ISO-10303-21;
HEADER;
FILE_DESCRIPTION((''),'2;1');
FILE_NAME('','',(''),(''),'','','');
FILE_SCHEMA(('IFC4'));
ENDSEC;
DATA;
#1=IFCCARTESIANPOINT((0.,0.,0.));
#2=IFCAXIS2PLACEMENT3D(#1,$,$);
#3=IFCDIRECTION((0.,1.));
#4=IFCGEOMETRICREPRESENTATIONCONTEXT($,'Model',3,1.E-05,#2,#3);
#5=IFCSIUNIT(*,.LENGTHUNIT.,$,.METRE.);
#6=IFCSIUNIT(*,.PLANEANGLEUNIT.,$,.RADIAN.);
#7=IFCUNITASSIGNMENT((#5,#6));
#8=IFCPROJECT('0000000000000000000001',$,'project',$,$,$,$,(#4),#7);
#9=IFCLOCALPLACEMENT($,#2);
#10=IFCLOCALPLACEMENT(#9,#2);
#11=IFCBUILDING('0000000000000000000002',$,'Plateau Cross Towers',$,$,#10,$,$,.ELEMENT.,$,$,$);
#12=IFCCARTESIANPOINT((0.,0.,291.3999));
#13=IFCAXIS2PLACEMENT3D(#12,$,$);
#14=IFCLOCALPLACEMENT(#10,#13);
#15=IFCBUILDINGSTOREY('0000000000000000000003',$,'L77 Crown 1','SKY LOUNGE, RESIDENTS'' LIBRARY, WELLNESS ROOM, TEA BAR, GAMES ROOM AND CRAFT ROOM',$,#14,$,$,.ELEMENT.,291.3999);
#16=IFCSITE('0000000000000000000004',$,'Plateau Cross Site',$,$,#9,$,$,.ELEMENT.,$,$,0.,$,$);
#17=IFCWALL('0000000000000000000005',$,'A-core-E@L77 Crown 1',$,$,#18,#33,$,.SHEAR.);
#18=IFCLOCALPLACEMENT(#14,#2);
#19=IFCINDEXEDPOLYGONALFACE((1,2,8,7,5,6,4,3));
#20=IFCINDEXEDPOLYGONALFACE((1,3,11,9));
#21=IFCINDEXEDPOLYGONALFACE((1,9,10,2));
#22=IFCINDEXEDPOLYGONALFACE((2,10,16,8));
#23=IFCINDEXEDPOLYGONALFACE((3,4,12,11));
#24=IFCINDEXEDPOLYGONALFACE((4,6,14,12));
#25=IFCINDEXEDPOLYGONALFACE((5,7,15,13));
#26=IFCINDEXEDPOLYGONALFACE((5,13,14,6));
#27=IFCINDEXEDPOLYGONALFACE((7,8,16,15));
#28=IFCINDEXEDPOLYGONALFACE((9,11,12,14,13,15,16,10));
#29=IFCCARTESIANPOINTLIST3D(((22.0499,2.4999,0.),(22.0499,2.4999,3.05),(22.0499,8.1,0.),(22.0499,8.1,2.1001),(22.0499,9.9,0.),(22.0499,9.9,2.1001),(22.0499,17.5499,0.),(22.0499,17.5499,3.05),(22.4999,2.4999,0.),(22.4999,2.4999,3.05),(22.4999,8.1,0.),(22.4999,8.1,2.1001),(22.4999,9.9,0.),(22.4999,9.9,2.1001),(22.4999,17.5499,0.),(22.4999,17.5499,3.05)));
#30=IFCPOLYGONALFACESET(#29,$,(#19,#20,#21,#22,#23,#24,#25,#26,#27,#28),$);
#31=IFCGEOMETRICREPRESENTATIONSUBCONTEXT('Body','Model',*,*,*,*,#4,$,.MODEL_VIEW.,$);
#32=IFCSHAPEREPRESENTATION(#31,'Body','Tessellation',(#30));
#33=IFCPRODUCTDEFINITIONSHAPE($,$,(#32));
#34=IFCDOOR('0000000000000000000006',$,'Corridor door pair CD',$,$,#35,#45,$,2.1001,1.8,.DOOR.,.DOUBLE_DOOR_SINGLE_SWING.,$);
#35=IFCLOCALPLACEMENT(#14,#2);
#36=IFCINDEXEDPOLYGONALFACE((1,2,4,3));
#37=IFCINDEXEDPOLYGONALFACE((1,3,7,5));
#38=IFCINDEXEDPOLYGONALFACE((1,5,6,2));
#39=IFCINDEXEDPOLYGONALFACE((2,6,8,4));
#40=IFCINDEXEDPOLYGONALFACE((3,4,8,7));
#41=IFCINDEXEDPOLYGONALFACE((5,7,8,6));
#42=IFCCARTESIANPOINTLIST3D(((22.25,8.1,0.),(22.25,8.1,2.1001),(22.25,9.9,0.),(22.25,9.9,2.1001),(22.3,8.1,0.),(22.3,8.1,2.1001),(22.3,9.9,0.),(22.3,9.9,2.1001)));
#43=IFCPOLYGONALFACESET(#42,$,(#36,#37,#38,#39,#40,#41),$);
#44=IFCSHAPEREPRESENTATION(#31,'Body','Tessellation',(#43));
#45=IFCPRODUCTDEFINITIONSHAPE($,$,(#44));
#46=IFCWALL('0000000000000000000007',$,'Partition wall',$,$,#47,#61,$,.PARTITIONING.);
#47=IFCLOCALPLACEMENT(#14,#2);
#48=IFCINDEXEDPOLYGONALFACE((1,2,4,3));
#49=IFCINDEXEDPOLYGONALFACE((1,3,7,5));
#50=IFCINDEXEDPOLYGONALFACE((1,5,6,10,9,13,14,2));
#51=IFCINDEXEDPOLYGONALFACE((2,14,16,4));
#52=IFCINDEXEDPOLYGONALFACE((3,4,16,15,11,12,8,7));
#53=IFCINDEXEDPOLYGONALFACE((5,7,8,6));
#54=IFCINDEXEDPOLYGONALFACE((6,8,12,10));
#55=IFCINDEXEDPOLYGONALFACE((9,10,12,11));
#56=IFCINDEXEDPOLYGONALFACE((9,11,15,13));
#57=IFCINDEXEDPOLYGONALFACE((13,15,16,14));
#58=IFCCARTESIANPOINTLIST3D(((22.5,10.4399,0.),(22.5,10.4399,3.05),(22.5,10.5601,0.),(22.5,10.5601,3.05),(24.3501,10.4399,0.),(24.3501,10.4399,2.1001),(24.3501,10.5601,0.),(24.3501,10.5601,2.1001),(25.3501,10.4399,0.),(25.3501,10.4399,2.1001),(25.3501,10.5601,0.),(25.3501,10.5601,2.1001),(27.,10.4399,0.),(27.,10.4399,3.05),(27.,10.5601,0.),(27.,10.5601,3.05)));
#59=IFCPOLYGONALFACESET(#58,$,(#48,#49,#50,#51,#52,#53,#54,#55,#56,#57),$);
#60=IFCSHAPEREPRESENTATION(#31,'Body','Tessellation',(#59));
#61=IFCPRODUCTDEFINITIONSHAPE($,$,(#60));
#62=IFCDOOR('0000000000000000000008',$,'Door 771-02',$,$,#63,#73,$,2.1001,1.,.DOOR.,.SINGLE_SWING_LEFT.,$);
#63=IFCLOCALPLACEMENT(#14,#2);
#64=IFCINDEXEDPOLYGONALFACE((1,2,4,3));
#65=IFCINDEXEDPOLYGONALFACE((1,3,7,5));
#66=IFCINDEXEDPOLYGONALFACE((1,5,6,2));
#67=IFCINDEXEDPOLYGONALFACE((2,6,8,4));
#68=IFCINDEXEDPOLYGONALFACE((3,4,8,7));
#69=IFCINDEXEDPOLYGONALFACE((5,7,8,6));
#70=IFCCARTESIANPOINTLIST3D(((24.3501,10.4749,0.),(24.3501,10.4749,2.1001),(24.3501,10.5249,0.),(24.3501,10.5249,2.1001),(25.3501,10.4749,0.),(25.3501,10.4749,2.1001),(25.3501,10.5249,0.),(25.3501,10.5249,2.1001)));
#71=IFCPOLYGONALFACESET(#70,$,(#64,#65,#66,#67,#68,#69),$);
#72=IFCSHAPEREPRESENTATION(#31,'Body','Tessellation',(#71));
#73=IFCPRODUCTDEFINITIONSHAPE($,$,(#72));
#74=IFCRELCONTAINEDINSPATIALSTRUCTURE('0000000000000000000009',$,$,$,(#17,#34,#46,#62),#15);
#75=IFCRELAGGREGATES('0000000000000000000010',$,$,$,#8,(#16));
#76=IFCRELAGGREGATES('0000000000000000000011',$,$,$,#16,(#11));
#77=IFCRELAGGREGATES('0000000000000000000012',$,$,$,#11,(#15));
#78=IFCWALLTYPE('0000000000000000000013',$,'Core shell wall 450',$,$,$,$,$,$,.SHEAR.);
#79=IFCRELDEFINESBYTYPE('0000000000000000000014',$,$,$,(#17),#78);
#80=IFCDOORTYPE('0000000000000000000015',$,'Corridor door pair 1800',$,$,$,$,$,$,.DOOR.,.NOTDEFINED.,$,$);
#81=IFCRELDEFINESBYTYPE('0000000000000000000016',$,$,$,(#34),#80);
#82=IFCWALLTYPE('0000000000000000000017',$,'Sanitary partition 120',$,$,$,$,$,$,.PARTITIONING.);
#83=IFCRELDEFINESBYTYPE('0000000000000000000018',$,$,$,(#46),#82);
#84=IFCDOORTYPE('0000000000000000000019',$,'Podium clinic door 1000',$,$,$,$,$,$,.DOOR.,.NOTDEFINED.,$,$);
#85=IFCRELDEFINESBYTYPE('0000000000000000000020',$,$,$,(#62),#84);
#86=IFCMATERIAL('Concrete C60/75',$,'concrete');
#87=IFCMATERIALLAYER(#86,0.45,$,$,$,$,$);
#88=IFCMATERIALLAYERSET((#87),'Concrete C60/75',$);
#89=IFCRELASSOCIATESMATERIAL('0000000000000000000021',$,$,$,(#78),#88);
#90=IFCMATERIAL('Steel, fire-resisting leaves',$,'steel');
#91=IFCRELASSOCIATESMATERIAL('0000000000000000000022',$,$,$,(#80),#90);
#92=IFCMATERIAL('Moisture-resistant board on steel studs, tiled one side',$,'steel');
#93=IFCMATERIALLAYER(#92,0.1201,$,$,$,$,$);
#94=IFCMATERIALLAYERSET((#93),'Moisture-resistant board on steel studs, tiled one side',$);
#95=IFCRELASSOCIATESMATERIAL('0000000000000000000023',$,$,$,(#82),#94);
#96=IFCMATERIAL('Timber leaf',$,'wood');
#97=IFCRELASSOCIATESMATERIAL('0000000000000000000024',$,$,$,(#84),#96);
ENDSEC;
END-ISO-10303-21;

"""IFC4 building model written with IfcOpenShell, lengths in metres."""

from ifc_helpers import new_model, si_unit, direction, frame, frame_2d, origin, place, context, subcontext, project, spatial, rectangle, extrude, material, layer, layer_set, type_object, element, fill, save


model = new_model("IFC4")

# Units and contexts
model_context = context("Model", 3, precision=1e-05, world=origin(), true_north=direction((0.0, 1.0)))
body_context = subcontext(model_context, "Body", "Model", "MODEL_VIEW")
ifc_project = project(units=[si_unit("LENGTHUNIT", "METRE"), si_unit("PLANEANGLEUNIT", "RADIAN")], contexts=[model_context])

# Site, building, storey
site_placement = place(None, origin())
site = spatial("IfcSite", under=ifc_project, at=site_placement, Name="Plateau Cross Site", CompositionType="ELEMENT", RefElevation=0.0)
building_placement = place(site_placement, origin())
building = spatial("IfcBuilding", under=site, at=building_placement, Name="Plateau Cross Towers", CompositionType="ELEMENT")
storey_placement = place(building_placement, frame((0.0, 0.0, 291.3999)))
storey = spatial("IfcBuildingStorey", under=building, at=storey_placement, Name="L77 Crown 1", Description="SKY LOUNGE, RESIDENTS' LIBRARY, WELLNESS ROOM, TEA BAR, GAMES ROOM AND CRAFT ROOM", CompositionType="ELEMENT", Elevation=291.3999)

# Shared definitions
ifc_material_1 = material(Name="Concrete C60/75", Category="concrete")

# Walls, openings, doors
ifc_layer_1 = layer(ifc_material_1, 0.45)
ifc_layer_set_1 = layer_set([ifc_layer_1], Name="Concrete C60/75")
wall_type_1 = type_object("IfcWallType", Name="Core shell wall 450", PredefinedType="SHEAR", material=ifc_layer_set_1)
wall_1_placement = place(storey_placement, frame((22.2749, 2.5, 0.0), z_axis=(0.0, 0.0, 1.0), x_axis=(0.0, 1.0, 0.0)))
wall_1 = element("IfcWall", 1, at=wall_1_placement, inside=storey, type_object=wall_type_1, Name="A-core-E@L77 Crown 1", PredefinedType="SHEAR", context=body_context, shape_type="SweptSolid", body=[
    extrude(rectangle(XDim=15.05, YDim=0.45, at=frame_2d((7.5249, 0.0))), origin(), (0.0, 0.0, 1.0), 3.05),
])
opening_1_placement = place(wall_1_placement, frame((5.6001, 0.0, 0.0)))
opening_1 = element("IfcOpeningElement", 2, at=opening_1_placement, cuts=wall_1, PredefinedType="OPENING", context=body_context, shape_type="SweptSolid", body=[
    extrude(rectangle(XDim=1.8, YDim=2.1001, at=frame_2d((0.8999, 1.05))), frame((0.0, 0.2349, 0.0), z_axis=(0.0, -1.0, 0.0), x_axis=(1.0, 0.0, 0.0)), (0.0, 0.0, 1.0), 0.47),
])
ifc_material_2 = material(Name="Steel, fire-resisting leaves", Category="steel")
door_type_1 = type_object("IfcDoorType", Name="Corridor door pair 1800", OperationType="NOTDEFINED", PredefinedType="DOOR", material=ifc_material_2)
door_1_placement = place(opening_1_placement, origin())
door_1 = element("IfcDoor", 3, at=door_1_placement, inside=storey, type_object=door_type_1, Name="Corridor door pair CD", OperationType="DOUBLE_DOOR_SINGLE_SWING", OverallHeight=2.1001, OverallWidth=1.8, PredefinedType="DOOR", context=body_context, shape_type="SweptSolid", body=[
    extrude(rectangle(XDim=1.8, YDim=2.1001, at=frame_2d((0.8999, 1.05))), frame((0.0, 0.0249, 0.0), z_axis=(0.0, -1.0, 0.0), x_axis=(1.0, 0.0, 0.0)), (0.0, 0.0, 1.0), 0.05),
])
fill(opening_1, door_1)
ifc_material_3 = material(Name="Moisture-resistant board on steel studs, tiled one side", Category="steel")
ifc_layer_2 = layer(ifc_material_3, 0.1201)
ifc_layer_set_2 = layer_set([ifc_layer_2], Name="Moisture-resistant board on steel studs, tiled one side")
wall_type_2 = type_object("IfcWallType", Name="Sanitary partition 120", PredefinedType="PARTITIONING", material=ifc_layer_set_2)
wall_2_placement = place(storey_placement, frame((22.5, 10.5, 0.0), z_axis=(0.0, 0.0, 1.0), x_axis=(1.0, 0.0, 0.0)))
wall_2 = element("IfcWall", 4, at=wall_2_placement, inside=storey, type_object=wall_type_2, Name="Partition wall", PredefinedType="PARTITIONING", context=body_context, shape_type="SweptSolid", body=[
    extrude(rectangle(XDim=4.5, YDim=0.1201, at=frame_2d((2.25, 0.0))), origin(), (0.0, 0.0, 1.0), 3.05),
])
opening_2_placement = place(wall_2_placement, frame((1.8501, 0.0, 0.0)))
opening_2 = element("IfcOpeningElement", 5, at=opening_2_placement, cuts=wall_2, PredefinedType="OPENING", context=body_context, shape_type="SweptSolid", body=[
    extrude(rectangle(XDim=1.0, YDim=2.1001, at=frame_2d((0.5, 1.05))), frame((0.0, 0.0701, 0.0), z_axis=(0.0, -1.0, 0.0), x_axis=(1.0, 0.0, 0.0)), (0.0, 0.0, 1.0), 0.1401),
])
ifc_material_4 = material(Name="Timber leaf", Category="wood")
door_type_2 = type_object("IfcDoorType", Name="Podium clinic door 1000", OperationType="NOTDEFINED", PredefinedType="DOOR", material=ifc_material_4)
door_2_placement = place(opening_2_placement, origin())
door_2 = element("IfcDoor", 6, at=door_2_placement, inside=storey, type_object=door_type_2, Name="Door 771-02", OperationType="SINGLE_SWING_LEFT", OverallHeight=2.1001, OverallWidth=1.0, PredefinedType="DOOR", context=body_context, shape_type="SweptSolid", body=[
    extrude(rectangle(XDim=1.0, YDim=2.1001, at=frame_2d((0.5, 1.05))), frame((0.0, 0.0249, 0.0), z_axis=(0.0, -1.0, 0.0), x_axis=(1.0, 0.0, 0.0)), (0.0, 0.0, 1.0), 0.05),
])
fill(opening_2, door_2)

save(model, "model.ifc")
